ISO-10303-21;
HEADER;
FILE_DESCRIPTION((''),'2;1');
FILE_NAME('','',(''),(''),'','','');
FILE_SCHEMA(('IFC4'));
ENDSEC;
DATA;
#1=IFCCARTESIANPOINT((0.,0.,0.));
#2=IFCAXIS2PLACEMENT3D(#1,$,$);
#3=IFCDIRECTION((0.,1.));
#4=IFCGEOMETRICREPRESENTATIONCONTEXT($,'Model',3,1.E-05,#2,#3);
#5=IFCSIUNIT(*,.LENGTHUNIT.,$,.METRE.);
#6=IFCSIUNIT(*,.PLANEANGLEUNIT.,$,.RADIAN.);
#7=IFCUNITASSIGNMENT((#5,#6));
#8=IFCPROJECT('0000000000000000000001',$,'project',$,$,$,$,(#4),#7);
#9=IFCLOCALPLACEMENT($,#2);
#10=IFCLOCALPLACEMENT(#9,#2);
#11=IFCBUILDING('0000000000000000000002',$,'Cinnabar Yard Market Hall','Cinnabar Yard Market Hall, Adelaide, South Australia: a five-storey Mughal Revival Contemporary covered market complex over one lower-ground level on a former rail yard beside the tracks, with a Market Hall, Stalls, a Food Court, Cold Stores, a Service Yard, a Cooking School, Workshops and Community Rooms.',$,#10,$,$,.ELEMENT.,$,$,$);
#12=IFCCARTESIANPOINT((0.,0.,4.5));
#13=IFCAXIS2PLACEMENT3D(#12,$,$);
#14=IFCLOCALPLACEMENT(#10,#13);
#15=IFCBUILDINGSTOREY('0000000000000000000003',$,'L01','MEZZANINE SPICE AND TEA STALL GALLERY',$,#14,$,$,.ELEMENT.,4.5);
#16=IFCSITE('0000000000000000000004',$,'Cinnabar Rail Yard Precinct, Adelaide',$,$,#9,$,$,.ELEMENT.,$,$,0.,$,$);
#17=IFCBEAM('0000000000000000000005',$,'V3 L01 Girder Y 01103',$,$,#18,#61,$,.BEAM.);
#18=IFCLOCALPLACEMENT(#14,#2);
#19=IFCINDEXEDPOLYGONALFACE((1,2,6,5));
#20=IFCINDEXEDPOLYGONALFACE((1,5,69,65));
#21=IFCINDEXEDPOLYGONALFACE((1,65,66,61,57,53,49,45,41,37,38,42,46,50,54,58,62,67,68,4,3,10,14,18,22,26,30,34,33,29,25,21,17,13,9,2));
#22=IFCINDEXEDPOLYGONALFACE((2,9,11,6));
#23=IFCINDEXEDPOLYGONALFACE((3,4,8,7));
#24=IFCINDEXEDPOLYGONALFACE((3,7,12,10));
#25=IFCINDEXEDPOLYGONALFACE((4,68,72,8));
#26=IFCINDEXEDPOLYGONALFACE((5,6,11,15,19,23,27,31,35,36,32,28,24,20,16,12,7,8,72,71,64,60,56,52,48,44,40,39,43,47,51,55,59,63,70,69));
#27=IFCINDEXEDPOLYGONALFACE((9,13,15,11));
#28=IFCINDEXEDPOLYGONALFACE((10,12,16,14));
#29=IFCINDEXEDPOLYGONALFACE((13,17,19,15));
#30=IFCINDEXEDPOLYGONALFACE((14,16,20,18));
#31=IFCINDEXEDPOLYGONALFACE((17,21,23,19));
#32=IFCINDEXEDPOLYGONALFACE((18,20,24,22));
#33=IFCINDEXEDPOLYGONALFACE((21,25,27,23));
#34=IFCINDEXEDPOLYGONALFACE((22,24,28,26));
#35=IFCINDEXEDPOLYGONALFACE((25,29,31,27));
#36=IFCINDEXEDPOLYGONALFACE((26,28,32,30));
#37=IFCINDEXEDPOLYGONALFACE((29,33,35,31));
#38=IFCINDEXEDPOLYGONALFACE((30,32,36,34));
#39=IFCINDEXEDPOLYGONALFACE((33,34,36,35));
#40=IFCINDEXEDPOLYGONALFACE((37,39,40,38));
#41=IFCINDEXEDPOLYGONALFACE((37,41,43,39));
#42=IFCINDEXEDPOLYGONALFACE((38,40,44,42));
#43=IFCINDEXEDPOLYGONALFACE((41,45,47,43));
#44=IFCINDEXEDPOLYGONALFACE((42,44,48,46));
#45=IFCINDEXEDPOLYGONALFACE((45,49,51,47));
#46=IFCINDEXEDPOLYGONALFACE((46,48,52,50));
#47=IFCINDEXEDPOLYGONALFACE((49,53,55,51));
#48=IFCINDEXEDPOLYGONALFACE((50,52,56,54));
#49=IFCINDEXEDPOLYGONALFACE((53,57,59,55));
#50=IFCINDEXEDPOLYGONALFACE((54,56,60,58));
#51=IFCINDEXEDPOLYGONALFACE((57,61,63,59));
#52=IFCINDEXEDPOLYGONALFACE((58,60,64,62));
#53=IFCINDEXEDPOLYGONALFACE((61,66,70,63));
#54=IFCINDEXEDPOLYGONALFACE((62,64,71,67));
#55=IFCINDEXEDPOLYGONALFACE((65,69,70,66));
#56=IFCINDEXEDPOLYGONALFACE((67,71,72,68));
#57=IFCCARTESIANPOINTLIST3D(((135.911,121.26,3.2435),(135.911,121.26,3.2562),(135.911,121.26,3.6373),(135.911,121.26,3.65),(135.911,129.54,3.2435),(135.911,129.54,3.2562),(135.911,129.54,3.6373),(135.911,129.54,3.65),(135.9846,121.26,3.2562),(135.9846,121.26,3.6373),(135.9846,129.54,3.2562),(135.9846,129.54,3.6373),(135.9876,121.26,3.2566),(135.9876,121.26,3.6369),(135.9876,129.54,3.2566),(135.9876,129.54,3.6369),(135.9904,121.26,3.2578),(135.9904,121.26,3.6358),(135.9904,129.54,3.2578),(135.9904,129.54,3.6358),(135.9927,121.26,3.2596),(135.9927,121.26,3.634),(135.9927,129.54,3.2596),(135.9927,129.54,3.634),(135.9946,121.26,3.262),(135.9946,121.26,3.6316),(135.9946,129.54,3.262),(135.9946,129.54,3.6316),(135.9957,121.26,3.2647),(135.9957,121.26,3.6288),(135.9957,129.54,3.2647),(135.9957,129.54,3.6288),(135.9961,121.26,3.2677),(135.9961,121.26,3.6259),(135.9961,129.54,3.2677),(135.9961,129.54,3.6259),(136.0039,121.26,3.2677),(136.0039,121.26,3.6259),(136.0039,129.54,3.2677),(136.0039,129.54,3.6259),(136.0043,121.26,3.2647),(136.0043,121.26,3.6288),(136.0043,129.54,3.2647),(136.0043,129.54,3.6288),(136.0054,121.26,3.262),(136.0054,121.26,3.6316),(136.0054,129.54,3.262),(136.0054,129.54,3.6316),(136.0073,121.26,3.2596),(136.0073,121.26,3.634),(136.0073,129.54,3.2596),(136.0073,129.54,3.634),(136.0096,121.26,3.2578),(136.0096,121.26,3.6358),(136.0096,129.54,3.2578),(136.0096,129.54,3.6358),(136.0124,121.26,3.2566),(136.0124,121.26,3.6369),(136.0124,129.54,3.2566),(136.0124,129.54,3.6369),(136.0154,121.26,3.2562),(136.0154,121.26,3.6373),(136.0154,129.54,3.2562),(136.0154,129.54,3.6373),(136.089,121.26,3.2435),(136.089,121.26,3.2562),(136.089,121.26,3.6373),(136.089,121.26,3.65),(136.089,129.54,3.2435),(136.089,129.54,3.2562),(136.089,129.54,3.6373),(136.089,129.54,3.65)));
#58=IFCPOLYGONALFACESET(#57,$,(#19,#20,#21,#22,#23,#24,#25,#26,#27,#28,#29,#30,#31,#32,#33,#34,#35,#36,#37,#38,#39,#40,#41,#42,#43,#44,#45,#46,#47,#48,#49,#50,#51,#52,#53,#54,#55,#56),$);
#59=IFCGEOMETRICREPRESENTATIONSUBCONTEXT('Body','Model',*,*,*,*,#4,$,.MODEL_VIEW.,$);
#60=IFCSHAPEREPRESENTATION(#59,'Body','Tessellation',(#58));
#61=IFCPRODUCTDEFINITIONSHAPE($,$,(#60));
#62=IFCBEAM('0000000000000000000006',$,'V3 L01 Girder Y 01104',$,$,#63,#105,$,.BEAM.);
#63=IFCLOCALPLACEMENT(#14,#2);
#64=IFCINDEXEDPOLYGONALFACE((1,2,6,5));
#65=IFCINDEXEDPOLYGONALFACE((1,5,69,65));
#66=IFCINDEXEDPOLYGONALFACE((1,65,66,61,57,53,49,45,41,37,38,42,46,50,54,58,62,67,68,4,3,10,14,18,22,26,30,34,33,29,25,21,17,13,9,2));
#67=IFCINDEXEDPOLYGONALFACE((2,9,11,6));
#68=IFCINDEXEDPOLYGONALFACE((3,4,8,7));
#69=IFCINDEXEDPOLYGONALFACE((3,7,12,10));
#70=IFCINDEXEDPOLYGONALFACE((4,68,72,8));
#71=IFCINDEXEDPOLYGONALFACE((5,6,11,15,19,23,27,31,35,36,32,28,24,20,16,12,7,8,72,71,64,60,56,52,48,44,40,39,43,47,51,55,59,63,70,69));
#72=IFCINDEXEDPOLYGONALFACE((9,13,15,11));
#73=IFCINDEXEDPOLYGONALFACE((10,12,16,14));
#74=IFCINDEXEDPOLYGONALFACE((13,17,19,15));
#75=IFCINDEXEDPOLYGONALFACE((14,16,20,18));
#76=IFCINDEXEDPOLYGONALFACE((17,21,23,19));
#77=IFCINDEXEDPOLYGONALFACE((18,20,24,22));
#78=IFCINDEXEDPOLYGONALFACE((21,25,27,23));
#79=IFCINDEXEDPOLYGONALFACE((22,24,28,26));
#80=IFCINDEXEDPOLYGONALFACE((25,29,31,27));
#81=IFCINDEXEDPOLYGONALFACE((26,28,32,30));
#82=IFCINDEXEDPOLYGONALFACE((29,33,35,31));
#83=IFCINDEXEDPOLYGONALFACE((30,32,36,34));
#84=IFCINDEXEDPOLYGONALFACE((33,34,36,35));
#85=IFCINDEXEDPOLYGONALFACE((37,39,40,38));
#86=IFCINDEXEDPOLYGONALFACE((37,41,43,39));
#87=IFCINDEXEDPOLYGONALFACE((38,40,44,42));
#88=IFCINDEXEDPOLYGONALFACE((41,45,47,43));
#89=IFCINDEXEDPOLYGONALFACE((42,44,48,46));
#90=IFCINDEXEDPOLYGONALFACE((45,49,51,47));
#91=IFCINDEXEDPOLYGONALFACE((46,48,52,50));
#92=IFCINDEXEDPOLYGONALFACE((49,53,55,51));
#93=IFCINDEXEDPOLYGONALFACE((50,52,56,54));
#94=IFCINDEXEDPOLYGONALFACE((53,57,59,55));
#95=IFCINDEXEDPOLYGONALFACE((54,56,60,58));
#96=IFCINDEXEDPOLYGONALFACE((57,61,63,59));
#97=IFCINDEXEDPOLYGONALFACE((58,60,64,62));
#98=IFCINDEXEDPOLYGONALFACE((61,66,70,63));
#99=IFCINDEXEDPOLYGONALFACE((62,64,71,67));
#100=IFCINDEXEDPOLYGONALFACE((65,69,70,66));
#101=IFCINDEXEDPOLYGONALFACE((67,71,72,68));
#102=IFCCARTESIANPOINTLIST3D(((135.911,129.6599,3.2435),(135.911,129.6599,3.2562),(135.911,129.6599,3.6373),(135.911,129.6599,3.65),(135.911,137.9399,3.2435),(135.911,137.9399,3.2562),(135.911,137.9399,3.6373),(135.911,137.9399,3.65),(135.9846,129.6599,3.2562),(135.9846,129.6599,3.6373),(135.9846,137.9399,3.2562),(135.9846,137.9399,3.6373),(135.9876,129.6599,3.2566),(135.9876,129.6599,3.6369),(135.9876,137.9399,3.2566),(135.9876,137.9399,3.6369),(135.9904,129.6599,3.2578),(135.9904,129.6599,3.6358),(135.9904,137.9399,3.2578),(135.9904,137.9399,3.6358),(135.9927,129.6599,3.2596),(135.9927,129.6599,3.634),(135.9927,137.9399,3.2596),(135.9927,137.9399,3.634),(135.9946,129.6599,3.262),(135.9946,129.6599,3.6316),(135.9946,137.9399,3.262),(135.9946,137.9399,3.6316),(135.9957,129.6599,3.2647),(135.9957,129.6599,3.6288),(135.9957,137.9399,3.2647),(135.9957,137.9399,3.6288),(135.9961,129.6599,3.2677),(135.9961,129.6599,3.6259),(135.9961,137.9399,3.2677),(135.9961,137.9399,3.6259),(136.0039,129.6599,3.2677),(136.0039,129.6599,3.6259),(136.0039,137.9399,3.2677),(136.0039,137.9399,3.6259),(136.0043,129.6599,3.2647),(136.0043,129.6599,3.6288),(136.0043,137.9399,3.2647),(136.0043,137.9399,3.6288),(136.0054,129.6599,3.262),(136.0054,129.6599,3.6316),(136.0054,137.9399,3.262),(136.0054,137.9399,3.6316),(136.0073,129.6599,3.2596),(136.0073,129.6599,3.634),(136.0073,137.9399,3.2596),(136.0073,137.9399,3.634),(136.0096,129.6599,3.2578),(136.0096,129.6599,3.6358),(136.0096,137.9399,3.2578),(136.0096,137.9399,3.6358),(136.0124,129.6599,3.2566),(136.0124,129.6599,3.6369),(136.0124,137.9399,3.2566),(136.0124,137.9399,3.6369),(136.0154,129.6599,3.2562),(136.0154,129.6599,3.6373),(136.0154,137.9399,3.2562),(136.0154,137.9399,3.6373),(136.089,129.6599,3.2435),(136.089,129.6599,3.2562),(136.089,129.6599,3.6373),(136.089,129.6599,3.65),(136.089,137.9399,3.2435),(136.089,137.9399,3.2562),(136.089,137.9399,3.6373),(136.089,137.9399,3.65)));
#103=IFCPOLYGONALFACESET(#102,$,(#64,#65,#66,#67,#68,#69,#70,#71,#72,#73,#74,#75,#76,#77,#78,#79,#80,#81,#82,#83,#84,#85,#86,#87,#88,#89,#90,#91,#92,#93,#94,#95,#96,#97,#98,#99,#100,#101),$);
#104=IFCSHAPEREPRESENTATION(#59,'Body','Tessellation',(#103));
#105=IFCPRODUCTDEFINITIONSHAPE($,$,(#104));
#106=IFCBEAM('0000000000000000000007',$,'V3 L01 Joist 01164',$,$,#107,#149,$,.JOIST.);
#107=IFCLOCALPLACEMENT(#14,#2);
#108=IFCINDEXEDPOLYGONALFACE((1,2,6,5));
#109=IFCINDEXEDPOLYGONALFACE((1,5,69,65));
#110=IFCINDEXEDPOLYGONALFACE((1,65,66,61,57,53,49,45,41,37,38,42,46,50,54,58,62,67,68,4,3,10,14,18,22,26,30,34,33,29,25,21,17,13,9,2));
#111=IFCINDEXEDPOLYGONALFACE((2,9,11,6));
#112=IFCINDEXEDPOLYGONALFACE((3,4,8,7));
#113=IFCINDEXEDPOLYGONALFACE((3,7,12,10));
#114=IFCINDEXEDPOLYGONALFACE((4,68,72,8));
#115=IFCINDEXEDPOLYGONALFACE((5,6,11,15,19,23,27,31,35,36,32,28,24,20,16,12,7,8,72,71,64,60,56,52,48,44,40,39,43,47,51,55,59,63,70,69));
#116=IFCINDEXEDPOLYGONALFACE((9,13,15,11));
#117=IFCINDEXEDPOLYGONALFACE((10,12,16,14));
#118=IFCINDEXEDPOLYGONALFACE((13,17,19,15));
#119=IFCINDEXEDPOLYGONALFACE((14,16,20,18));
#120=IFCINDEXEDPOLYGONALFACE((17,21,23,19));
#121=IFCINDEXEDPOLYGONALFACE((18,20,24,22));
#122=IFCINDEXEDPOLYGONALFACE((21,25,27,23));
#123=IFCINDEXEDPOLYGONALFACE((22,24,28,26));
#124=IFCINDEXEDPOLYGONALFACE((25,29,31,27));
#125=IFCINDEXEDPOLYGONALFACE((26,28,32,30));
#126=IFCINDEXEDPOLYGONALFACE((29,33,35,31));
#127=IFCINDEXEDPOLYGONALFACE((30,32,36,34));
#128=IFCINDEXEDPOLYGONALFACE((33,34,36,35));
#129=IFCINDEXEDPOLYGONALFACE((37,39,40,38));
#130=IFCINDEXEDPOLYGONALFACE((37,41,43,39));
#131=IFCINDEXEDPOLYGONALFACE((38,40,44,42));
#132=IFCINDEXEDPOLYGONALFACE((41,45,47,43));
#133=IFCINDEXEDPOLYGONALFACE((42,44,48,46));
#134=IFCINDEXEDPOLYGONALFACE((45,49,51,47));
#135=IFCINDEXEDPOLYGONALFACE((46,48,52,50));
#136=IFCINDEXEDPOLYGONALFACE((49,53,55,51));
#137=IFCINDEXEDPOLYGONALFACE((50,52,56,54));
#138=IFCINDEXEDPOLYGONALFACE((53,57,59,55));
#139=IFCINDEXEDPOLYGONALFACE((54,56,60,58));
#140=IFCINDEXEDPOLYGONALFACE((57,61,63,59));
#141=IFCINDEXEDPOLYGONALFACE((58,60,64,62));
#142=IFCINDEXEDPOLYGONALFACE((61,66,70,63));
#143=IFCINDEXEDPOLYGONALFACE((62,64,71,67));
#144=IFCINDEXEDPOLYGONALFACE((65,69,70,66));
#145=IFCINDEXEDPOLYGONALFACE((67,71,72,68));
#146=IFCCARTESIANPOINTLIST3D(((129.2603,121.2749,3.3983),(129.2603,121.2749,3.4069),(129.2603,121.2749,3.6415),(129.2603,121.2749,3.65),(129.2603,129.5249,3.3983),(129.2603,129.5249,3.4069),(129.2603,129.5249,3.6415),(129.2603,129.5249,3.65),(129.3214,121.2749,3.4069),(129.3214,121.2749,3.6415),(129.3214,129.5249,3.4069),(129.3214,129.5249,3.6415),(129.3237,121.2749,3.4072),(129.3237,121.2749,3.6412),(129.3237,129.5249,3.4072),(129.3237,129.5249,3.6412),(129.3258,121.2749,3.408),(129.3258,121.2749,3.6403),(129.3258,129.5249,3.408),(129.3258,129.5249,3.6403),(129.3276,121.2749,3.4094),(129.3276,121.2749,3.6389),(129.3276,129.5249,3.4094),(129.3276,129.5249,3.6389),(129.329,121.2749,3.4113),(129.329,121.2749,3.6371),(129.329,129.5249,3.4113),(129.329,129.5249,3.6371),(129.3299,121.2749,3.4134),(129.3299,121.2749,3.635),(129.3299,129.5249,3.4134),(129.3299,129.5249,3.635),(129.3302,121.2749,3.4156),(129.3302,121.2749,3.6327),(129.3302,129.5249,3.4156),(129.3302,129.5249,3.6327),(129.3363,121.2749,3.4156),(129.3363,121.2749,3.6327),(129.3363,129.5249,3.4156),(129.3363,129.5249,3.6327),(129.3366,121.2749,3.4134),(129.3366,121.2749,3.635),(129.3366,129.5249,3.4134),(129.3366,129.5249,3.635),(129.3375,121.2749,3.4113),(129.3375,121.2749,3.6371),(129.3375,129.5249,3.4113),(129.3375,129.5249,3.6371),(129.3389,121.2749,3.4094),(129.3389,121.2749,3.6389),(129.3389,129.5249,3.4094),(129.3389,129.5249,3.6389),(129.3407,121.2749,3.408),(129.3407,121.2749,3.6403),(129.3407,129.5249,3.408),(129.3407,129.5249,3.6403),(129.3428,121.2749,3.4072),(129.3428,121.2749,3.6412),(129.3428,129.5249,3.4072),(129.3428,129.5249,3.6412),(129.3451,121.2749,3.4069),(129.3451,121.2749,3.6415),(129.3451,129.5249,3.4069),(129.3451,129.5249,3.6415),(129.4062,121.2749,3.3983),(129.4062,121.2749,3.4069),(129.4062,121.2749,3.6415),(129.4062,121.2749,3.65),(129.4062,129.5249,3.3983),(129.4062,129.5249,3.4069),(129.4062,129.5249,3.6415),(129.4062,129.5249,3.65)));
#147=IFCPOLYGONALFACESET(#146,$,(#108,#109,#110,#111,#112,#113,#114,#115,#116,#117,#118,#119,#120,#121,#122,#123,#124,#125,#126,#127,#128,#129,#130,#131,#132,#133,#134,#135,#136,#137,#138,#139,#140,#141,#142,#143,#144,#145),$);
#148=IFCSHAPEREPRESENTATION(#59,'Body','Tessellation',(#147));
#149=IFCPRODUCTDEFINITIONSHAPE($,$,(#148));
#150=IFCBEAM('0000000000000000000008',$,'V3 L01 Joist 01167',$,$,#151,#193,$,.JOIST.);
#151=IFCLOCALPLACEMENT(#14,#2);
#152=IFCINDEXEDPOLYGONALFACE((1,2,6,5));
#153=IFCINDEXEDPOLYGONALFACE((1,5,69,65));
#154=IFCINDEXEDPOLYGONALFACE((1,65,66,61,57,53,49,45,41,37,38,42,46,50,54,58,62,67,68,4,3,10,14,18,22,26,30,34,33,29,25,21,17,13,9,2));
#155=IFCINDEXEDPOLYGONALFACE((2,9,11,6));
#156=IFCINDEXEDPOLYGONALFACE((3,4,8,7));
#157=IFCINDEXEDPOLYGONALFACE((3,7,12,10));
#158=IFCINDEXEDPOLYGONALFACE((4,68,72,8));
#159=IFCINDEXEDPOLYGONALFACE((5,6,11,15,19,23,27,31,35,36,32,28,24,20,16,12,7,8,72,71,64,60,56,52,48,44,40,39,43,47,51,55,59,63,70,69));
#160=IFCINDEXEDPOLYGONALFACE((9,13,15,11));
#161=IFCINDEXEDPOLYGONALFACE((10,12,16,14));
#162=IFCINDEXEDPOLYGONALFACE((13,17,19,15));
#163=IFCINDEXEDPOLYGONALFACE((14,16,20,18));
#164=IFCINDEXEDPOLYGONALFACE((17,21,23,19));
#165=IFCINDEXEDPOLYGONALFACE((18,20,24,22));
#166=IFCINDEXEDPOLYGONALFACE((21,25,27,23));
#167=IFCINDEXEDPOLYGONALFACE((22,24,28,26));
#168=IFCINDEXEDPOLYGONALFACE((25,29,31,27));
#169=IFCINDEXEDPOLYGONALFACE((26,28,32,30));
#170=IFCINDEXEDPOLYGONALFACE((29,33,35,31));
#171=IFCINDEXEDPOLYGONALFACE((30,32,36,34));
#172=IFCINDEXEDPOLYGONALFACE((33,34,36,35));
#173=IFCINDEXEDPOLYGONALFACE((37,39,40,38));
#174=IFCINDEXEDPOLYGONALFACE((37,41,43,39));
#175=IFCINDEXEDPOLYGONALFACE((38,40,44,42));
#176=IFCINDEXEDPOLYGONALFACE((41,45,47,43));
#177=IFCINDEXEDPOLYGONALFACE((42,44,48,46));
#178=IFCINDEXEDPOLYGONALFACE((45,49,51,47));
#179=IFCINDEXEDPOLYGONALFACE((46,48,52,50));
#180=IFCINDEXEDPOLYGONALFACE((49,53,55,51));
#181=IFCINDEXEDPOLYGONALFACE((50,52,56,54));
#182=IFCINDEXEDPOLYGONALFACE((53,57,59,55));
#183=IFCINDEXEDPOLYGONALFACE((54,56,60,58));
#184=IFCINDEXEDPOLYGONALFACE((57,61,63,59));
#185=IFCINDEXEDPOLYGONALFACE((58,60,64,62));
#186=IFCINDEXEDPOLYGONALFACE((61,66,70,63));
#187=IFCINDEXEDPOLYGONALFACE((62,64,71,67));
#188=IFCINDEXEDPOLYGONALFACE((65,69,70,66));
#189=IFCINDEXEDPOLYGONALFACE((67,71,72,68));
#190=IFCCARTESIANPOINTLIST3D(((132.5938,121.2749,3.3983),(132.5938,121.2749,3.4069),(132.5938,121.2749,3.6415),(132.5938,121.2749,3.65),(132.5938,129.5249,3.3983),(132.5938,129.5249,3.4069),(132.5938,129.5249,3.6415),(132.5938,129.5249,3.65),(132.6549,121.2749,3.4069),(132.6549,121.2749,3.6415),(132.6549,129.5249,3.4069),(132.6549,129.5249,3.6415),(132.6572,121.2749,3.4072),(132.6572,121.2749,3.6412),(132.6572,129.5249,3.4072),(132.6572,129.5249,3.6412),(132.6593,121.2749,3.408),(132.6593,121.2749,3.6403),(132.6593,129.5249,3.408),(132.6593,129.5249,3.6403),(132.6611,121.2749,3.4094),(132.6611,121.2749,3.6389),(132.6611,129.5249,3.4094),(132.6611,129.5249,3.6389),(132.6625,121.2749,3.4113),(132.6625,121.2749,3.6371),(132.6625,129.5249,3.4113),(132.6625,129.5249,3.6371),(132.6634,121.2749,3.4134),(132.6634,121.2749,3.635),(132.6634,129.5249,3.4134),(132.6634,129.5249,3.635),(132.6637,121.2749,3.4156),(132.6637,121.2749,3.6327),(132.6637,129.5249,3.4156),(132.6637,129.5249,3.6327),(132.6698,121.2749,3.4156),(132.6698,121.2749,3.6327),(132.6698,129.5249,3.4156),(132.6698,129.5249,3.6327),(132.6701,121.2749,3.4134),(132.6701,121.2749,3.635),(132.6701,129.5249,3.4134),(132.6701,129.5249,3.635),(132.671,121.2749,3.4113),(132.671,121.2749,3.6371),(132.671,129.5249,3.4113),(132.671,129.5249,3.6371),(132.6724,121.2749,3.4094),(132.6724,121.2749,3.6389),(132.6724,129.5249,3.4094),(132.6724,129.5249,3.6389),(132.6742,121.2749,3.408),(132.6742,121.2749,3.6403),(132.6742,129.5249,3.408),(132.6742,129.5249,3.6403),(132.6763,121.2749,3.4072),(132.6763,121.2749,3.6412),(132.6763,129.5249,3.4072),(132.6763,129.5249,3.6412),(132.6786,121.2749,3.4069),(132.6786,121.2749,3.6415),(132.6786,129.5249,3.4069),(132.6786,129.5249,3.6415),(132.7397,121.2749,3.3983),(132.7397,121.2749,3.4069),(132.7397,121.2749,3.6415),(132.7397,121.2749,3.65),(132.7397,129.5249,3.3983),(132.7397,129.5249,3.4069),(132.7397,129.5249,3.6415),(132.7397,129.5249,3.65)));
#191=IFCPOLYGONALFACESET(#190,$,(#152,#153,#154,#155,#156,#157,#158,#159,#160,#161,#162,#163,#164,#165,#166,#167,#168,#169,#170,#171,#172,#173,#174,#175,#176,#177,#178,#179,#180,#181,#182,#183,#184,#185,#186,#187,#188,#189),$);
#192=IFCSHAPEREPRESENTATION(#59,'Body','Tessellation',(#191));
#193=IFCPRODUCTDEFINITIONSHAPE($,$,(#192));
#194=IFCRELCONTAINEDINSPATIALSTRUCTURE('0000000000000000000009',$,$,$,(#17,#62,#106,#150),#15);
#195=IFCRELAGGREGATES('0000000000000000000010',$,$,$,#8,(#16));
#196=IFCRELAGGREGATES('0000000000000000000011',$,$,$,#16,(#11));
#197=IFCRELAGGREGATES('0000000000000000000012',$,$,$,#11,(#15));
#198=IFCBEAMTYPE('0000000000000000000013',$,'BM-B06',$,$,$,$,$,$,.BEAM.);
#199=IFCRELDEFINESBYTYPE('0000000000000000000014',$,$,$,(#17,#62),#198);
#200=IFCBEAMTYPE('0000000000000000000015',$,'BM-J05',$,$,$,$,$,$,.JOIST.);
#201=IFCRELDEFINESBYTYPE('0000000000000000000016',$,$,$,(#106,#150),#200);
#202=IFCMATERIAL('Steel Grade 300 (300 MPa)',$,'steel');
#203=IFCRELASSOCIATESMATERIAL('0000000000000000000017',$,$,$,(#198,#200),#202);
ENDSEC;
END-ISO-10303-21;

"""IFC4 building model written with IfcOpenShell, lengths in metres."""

from ifc_helpers import new_model, si_unit, direction, frame, origin, origin_2d_with_axis, place, context, subcontext, project, spatial, i_section, extrude, material, material_profile, profile_set, type_object, element, save


model = new_model("IFC4")

# Units and contexts
model_context = context("Model", 3, precision=1e-05, world=origin(), true_north=direction((0.0, 1.0)))
body_context = subcontext(model_context, "Body", "Model", "MODEL_VIEW")
ifc_project = project(units=[si_unit("LENGTHUNIT", "METRE"), si_unit("PLANEANGLEUNIT", "RADIAN")], contexts=[model_context])

# Site, building, storey
site_placement = place(None, origin())
site = spatial("IfcSite", under=ifc_project, at=site_placement, Name="Cinnabar Rail Yard Precinct, Adelaide", CompositionType="ELEMENT", RefElevation=0.0)
building_placement = place(site_placement, origin())
building = spatial("IfcBuilding", under=site, at=building_placement, Name="Cinnabar Yard Market Hall", Description="Cinnabar Yard Market Hall, Adelaide, South Australia: a five-storey Mughal Revival Contemporary covered market complex over one lower-ground level on a former rail yard beside the tracks, with a Market Hall, Stalls, a Food Court, Cold Stores, a Service Yard, a Cooking School, Workshops and Community Rooms.", CompositionType="ELEMENT")
storey_placement = place(building_placement, frame((0.0, 0.0, 4.5)))
storey = spatial("IfcBuildingStorey", under=building, at=storey_placement, Name="L01", Description="MEZZANINE SPICE AND TEA STALL GALLERY", CompositionType="ELEMENT", Elevation=4.5)

# Shared definitions
ifc_material_1 = material(Name="Steel Grade 300 (300 MPa)", Category="steel")

# Beams
ifc_material_profile_1 = material_profile(ifc_material_1, i_section(OverallWidth=0.178, OverallDepth=0.4065, WebThickness=0.0078, FlangeThickness=0.0127, FilletRadius=0.0115, at=origin_2d_with_axis()), Name="410UB59.7")
ifc_profile_set_1 = profile_set([ifc_material_profile_1], Name="Steel Grade 300 (300 MPa)")
beam_type_1 = type_object("IfcBeamType", Name="BM-B06", PredefinedType="BEAM", material=ifc_profile_set_1)
for number, where, z_axis, x_axis, name in (
    (1, (136.0, 121.26, 3.4468), (0.0, 1.0, 0.0), (-1.0, 0.0, 0.0), "V3 L01 Girder Y 01103"),
    (2, (136.0, 129.6599, 3.4468), (0.0, 1.0, 0.0), (-1.0, 0.0, 0.0), "V3 L01 Girder Y 01104"),
):
    element("IfcBeam", number, at=place(storey_placement, frame(where, z_axis=z_axis, x_axis=x_axis)), inside=storey, type_object=beam_type_1, Name=name, PredefinedType="BEAM", context=body_context, shape_type="SweptSolid", body=[
        extrude(i_section(OverallWidth=0.178, OverallDepth=0.4065, WebThickness=0.0078, FlangeThickness=0.0127, FilletRadius=0.0115, at=origin_2d_with_axis()), origin(), (0.0, 0.0, 1.0), 8.28),
    ])
ifc_material_profile_2 = material_profile(ifc_material_1, i_section(OverallWidth=0.146, OverallDepth=0.2517, WebThickness=0.0061, FlangeThickness=0.0085, FilletRadius=0.0088, at=origin_2d_with_axis()), Name="250UB31.4")
ifc_profile_set_2 = profile_set([ifc_material_profile_2], Name="Steel Grade 300 (300 MPa)")
beam_type_2 = type_object("IfcBeamType", Name="BM-J05", PredefinedType="JOIST", material=ifc_profile_set_2)
for number, where, z_axis, x_axis, name in (
    (3, (129.3333, 121.2749, 3.5242), (0.0, 1.0, 0.0), (-1.0, 0.0, 0.0), "V3 L01 Joist 01164"),
    (4, (132.6667, 121.2749, 3.5242), (0.0, 1.0, 0.0), (-1.0, 0.0, 0.0), "V3 L01 Joist 01167"),
):
    element("IfcBeam", number, at=place(storey_placement, frame(where, z_axis=z_axis, x_axis=x_axis)), inside=storey, type_object=beam_type_2, Name=name, PredefinedType="JOIST", context=body_context, shape_type="SweptSolid", body=[
        extrude(i_section(OverallWidth=0.146, OverallDepth=0.2517, WebThickness=0.0061, FlangeThickness=0.0085, FilletRadius=0.0088, at=origin_2d_with_axis()), origin(), (0.0, 0.0, 1.0), 8.25),
    ])

save(model, "model.ifc")
